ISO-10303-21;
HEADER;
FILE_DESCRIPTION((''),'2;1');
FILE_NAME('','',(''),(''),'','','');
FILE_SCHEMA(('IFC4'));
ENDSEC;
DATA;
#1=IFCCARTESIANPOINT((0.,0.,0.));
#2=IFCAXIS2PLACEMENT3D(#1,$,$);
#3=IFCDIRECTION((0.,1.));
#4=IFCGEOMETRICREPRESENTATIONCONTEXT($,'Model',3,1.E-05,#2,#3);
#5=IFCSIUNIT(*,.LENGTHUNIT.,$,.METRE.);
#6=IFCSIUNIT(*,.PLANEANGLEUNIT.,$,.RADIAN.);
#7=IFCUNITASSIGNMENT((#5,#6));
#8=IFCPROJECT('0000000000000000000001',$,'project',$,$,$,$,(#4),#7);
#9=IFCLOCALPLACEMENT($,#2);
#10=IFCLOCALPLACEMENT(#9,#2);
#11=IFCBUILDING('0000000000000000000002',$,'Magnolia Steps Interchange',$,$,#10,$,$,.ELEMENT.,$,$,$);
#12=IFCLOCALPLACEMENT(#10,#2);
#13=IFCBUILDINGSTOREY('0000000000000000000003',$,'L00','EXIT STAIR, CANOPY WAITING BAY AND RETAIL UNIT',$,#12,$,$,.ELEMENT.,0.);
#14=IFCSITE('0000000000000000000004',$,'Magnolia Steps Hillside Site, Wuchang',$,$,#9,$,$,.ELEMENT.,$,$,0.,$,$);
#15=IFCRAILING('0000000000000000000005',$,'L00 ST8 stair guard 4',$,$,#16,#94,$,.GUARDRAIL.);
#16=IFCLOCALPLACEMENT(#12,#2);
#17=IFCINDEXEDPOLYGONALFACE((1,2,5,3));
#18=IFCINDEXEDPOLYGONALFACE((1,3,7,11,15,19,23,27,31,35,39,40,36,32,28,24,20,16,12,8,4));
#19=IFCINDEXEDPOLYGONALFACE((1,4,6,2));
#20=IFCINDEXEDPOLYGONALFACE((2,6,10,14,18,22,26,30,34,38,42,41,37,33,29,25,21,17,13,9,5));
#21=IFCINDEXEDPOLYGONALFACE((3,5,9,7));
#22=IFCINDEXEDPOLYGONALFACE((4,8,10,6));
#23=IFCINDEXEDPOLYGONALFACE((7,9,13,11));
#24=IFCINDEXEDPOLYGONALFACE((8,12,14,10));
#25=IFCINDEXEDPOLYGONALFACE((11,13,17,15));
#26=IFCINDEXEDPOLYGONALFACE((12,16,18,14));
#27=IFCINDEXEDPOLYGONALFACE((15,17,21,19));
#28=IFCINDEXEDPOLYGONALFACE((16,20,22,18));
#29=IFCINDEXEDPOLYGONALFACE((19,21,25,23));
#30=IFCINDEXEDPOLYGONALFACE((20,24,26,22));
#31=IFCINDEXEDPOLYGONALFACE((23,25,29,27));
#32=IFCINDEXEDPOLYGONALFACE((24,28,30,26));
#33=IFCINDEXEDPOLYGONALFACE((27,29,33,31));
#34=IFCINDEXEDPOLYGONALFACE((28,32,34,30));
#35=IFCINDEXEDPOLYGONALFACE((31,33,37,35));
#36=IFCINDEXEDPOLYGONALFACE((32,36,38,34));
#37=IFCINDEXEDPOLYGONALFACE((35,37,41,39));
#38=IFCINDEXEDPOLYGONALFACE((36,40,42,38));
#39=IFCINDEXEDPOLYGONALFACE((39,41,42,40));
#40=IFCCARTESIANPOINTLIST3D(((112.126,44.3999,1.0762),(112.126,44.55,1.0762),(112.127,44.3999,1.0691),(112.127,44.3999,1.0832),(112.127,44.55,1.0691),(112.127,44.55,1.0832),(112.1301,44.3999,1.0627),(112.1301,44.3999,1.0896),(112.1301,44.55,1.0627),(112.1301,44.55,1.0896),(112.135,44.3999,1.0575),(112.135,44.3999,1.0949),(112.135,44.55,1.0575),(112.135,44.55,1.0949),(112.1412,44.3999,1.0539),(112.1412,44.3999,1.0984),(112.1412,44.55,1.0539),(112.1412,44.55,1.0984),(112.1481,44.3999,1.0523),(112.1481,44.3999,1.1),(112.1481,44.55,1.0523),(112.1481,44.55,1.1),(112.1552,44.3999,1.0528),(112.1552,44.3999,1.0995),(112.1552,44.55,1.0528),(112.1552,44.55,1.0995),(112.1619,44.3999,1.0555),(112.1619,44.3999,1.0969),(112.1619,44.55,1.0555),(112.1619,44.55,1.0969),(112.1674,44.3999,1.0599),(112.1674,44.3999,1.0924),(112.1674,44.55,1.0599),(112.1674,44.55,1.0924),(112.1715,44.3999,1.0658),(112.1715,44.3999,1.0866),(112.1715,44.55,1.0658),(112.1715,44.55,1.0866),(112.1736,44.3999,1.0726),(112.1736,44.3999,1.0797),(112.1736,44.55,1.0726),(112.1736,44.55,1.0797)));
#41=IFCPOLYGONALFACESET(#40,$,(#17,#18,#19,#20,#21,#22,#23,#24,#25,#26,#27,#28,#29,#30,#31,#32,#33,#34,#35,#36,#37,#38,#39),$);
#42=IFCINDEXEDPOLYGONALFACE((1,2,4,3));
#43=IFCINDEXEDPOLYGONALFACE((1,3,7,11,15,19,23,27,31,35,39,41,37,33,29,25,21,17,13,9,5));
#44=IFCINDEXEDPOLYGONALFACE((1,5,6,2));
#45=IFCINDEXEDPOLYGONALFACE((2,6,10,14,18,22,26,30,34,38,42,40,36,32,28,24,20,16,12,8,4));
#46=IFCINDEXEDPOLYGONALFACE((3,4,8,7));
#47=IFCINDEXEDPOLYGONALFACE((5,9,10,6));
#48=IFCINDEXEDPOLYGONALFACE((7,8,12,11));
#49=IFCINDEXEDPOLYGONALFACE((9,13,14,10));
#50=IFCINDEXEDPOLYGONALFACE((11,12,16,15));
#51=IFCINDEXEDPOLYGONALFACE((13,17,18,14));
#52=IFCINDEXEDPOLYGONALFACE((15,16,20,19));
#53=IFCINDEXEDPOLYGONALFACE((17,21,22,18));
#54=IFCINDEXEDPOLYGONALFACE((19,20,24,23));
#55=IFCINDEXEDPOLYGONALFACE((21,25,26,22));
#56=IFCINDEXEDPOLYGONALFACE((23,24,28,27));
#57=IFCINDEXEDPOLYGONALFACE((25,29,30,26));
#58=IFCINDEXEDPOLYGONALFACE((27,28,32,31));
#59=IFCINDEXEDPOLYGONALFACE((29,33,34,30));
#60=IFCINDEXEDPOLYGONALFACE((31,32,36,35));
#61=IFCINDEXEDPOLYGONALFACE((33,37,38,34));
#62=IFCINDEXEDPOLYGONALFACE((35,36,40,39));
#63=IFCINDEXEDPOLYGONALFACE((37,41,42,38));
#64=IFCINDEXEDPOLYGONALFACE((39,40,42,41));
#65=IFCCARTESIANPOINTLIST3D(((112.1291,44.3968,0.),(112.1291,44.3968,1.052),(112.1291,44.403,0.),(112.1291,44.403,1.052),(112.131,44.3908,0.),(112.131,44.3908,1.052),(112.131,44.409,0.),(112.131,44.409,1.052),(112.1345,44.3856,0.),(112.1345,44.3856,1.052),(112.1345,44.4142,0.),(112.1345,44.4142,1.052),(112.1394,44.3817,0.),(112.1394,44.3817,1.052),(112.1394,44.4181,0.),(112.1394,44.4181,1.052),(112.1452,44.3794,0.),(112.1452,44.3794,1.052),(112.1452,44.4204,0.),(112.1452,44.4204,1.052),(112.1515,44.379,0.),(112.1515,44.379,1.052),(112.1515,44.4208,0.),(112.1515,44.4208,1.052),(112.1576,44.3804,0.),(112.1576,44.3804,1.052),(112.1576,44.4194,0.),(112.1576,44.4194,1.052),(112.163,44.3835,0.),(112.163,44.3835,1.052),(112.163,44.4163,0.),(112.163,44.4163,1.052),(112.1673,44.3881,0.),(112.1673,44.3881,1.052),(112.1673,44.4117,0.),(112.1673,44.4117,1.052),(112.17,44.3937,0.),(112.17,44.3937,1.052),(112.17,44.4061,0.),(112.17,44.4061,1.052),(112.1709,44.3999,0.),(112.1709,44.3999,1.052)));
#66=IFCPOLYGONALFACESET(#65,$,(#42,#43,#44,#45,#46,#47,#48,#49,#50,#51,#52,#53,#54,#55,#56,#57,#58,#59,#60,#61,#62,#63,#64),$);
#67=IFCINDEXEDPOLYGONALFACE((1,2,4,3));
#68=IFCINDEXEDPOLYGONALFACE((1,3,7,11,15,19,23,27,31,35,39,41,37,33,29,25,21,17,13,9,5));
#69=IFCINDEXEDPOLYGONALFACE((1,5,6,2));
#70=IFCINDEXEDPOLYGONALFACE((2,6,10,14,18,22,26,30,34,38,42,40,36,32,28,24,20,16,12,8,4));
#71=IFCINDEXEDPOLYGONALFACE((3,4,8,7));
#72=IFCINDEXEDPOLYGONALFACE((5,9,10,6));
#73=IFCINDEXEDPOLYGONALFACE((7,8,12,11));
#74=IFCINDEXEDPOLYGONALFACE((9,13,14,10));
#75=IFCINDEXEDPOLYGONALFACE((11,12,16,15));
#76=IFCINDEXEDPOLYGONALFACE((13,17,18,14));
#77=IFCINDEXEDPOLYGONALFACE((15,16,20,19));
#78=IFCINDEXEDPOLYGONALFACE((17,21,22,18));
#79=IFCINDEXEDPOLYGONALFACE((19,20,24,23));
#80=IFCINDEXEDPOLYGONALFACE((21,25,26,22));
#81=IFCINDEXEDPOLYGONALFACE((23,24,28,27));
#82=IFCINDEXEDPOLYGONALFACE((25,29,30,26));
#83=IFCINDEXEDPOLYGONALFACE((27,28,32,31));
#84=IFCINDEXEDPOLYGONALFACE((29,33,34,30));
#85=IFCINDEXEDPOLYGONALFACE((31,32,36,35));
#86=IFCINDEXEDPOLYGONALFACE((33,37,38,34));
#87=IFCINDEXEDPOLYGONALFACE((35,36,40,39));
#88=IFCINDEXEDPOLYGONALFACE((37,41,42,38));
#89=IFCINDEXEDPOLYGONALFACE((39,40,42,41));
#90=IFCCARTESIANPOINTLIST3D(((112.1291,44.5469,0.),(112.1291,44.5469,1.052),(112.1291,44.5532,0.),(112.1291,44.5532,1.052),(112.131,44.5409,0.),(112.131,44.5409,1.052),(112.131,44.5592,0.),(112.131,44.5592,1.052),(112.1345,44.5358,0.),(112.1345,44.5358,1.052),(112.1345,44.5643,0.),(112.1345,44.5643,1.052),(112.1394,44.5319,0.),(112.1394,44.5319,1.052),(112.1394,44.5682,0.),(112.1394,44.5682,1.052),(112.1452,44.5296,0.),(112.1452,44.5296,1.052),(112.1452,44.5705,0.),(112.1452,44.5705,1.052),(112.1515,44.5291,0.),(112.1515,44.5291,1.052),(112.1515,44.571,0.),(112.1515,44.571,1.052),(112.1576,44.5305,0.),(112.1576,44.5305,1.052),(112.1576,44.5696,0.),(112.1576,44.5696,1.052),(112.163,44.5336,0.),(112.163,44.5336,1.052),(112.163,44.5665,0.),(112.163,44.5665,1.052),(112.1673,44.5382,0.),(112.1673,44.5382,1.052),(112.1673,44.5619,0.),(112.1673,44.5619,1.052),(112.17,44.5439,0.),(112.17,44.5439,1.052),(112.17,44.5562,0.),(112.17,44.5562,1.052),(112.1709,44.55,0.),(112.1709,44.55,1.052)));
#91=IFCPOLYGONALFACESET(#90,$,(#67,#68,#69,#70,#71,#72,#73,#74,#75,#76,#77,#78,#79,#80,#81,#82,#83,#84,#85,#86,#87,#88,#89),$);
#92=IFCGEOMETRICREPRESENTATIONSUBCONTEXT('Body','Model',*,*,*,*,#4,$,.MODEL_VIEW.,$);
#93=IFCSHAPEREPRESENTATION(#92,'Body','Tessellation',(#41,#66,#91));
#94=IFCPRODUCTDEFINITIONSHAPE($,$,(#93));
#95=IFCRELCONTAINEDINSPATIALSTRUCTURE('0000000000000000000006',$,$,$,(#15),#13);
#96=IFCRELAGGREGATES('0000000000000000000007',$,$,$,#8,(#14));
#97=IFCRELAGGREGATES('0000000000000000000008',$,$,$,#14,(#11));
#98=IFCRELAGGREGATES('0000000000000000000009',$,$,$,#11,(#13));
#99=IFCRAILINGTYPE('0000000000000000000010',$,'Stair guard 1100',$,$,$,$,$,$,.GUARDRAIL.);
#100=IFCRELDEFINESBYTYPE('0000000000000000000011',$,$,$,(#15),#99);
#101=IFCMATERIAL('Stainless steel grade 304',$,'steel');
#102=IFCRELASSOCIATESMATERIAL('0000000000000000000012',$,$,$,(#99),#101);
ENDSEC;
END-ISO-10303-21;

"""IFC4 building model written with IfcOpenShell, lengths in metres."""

from ifc_helpers import new_model, si_unit, direction, frame, origin, origin_2d, place, context, subcontext, project, spatial, circle, extrude, material, type_object, element, save


model = new_model("IFC4")

# Units and contexts
model_context = context("Model", 3, precision=1e-05, world=origin(), true_north=direction((0.0, 1.0)))
body_context = subcontext(model_context, "Body", "Model", "MODEL_VIEW")
ifc_project = project(units=[si_unit("LENGTHUNIT", "METRE"), si_unit("PLANEANGLEUNIT", "RADIAN")], contexts=[model_context])

# Site, building, storey
site_placement = place(None, origin())
site = spatial("IfcSite", under=ifc_project, at=site_placement, Name="Magnolia Steps Hillside Site, Wuchang", CompositionType="ELEMENT", RefElevation=0.0)
building_placement = place(site_placement, origin())
building = spatial("IfcBuilding", under=site, at=building_placement, Name="Magnolia Steps Interchange", CompositionType="ELEMENT")
storey_placement = place(building_placement, origin())
storey = spatial("IfcBuildingStorey", under=building, at=storey_placement, Name="L00", Description="EXIT STAIR, CANOPY WAITING BAY AND RETAIL UNIT", CompositionType="ELEMENT", Elevation=0.0)

# Railing
ifc_material_1 = material(Name="Stainless steel grade 304", Category="steel")
railing_type_1 = type_object("IfcRailingType", Name="Stair guard 1100", PredefinedType="GUARDRAIL", material=ifc_material_1)
railing_1_placement = place(storey_placement, frame((112.1499, 44.3999, 0.0)))
element("IfcRailing", 1, at=railing_1_placement, inside=storey, type_object=railing_type_1, Name="L00 ST8 stair guard 4", PredefinedType="GUARDRAIL", context=body_context, shape_type="SweptSolid", body=[
    extrude(circle(Radius=0.0239, at=origin_2d()), frame((0.0, 0.0, 1.0762), z_axis=(0.0, 1.0, 0.0), x_axis=(-1.0, 0.0, 0.0)), (0.0, 0.0, 1.0), 0.1501),
    extrude(circle(Radius=0.021, at=origin_2d()), origin(), (0.0, 0.0, 1.0), 1.052),
    extrude(circle(Radius=0.021, at=origin_2d()), frame((0.0, 0.1501, 0.0)), (0.0, 0.0, 1.0), 1.052),
])

save(model, "model.ifc")
